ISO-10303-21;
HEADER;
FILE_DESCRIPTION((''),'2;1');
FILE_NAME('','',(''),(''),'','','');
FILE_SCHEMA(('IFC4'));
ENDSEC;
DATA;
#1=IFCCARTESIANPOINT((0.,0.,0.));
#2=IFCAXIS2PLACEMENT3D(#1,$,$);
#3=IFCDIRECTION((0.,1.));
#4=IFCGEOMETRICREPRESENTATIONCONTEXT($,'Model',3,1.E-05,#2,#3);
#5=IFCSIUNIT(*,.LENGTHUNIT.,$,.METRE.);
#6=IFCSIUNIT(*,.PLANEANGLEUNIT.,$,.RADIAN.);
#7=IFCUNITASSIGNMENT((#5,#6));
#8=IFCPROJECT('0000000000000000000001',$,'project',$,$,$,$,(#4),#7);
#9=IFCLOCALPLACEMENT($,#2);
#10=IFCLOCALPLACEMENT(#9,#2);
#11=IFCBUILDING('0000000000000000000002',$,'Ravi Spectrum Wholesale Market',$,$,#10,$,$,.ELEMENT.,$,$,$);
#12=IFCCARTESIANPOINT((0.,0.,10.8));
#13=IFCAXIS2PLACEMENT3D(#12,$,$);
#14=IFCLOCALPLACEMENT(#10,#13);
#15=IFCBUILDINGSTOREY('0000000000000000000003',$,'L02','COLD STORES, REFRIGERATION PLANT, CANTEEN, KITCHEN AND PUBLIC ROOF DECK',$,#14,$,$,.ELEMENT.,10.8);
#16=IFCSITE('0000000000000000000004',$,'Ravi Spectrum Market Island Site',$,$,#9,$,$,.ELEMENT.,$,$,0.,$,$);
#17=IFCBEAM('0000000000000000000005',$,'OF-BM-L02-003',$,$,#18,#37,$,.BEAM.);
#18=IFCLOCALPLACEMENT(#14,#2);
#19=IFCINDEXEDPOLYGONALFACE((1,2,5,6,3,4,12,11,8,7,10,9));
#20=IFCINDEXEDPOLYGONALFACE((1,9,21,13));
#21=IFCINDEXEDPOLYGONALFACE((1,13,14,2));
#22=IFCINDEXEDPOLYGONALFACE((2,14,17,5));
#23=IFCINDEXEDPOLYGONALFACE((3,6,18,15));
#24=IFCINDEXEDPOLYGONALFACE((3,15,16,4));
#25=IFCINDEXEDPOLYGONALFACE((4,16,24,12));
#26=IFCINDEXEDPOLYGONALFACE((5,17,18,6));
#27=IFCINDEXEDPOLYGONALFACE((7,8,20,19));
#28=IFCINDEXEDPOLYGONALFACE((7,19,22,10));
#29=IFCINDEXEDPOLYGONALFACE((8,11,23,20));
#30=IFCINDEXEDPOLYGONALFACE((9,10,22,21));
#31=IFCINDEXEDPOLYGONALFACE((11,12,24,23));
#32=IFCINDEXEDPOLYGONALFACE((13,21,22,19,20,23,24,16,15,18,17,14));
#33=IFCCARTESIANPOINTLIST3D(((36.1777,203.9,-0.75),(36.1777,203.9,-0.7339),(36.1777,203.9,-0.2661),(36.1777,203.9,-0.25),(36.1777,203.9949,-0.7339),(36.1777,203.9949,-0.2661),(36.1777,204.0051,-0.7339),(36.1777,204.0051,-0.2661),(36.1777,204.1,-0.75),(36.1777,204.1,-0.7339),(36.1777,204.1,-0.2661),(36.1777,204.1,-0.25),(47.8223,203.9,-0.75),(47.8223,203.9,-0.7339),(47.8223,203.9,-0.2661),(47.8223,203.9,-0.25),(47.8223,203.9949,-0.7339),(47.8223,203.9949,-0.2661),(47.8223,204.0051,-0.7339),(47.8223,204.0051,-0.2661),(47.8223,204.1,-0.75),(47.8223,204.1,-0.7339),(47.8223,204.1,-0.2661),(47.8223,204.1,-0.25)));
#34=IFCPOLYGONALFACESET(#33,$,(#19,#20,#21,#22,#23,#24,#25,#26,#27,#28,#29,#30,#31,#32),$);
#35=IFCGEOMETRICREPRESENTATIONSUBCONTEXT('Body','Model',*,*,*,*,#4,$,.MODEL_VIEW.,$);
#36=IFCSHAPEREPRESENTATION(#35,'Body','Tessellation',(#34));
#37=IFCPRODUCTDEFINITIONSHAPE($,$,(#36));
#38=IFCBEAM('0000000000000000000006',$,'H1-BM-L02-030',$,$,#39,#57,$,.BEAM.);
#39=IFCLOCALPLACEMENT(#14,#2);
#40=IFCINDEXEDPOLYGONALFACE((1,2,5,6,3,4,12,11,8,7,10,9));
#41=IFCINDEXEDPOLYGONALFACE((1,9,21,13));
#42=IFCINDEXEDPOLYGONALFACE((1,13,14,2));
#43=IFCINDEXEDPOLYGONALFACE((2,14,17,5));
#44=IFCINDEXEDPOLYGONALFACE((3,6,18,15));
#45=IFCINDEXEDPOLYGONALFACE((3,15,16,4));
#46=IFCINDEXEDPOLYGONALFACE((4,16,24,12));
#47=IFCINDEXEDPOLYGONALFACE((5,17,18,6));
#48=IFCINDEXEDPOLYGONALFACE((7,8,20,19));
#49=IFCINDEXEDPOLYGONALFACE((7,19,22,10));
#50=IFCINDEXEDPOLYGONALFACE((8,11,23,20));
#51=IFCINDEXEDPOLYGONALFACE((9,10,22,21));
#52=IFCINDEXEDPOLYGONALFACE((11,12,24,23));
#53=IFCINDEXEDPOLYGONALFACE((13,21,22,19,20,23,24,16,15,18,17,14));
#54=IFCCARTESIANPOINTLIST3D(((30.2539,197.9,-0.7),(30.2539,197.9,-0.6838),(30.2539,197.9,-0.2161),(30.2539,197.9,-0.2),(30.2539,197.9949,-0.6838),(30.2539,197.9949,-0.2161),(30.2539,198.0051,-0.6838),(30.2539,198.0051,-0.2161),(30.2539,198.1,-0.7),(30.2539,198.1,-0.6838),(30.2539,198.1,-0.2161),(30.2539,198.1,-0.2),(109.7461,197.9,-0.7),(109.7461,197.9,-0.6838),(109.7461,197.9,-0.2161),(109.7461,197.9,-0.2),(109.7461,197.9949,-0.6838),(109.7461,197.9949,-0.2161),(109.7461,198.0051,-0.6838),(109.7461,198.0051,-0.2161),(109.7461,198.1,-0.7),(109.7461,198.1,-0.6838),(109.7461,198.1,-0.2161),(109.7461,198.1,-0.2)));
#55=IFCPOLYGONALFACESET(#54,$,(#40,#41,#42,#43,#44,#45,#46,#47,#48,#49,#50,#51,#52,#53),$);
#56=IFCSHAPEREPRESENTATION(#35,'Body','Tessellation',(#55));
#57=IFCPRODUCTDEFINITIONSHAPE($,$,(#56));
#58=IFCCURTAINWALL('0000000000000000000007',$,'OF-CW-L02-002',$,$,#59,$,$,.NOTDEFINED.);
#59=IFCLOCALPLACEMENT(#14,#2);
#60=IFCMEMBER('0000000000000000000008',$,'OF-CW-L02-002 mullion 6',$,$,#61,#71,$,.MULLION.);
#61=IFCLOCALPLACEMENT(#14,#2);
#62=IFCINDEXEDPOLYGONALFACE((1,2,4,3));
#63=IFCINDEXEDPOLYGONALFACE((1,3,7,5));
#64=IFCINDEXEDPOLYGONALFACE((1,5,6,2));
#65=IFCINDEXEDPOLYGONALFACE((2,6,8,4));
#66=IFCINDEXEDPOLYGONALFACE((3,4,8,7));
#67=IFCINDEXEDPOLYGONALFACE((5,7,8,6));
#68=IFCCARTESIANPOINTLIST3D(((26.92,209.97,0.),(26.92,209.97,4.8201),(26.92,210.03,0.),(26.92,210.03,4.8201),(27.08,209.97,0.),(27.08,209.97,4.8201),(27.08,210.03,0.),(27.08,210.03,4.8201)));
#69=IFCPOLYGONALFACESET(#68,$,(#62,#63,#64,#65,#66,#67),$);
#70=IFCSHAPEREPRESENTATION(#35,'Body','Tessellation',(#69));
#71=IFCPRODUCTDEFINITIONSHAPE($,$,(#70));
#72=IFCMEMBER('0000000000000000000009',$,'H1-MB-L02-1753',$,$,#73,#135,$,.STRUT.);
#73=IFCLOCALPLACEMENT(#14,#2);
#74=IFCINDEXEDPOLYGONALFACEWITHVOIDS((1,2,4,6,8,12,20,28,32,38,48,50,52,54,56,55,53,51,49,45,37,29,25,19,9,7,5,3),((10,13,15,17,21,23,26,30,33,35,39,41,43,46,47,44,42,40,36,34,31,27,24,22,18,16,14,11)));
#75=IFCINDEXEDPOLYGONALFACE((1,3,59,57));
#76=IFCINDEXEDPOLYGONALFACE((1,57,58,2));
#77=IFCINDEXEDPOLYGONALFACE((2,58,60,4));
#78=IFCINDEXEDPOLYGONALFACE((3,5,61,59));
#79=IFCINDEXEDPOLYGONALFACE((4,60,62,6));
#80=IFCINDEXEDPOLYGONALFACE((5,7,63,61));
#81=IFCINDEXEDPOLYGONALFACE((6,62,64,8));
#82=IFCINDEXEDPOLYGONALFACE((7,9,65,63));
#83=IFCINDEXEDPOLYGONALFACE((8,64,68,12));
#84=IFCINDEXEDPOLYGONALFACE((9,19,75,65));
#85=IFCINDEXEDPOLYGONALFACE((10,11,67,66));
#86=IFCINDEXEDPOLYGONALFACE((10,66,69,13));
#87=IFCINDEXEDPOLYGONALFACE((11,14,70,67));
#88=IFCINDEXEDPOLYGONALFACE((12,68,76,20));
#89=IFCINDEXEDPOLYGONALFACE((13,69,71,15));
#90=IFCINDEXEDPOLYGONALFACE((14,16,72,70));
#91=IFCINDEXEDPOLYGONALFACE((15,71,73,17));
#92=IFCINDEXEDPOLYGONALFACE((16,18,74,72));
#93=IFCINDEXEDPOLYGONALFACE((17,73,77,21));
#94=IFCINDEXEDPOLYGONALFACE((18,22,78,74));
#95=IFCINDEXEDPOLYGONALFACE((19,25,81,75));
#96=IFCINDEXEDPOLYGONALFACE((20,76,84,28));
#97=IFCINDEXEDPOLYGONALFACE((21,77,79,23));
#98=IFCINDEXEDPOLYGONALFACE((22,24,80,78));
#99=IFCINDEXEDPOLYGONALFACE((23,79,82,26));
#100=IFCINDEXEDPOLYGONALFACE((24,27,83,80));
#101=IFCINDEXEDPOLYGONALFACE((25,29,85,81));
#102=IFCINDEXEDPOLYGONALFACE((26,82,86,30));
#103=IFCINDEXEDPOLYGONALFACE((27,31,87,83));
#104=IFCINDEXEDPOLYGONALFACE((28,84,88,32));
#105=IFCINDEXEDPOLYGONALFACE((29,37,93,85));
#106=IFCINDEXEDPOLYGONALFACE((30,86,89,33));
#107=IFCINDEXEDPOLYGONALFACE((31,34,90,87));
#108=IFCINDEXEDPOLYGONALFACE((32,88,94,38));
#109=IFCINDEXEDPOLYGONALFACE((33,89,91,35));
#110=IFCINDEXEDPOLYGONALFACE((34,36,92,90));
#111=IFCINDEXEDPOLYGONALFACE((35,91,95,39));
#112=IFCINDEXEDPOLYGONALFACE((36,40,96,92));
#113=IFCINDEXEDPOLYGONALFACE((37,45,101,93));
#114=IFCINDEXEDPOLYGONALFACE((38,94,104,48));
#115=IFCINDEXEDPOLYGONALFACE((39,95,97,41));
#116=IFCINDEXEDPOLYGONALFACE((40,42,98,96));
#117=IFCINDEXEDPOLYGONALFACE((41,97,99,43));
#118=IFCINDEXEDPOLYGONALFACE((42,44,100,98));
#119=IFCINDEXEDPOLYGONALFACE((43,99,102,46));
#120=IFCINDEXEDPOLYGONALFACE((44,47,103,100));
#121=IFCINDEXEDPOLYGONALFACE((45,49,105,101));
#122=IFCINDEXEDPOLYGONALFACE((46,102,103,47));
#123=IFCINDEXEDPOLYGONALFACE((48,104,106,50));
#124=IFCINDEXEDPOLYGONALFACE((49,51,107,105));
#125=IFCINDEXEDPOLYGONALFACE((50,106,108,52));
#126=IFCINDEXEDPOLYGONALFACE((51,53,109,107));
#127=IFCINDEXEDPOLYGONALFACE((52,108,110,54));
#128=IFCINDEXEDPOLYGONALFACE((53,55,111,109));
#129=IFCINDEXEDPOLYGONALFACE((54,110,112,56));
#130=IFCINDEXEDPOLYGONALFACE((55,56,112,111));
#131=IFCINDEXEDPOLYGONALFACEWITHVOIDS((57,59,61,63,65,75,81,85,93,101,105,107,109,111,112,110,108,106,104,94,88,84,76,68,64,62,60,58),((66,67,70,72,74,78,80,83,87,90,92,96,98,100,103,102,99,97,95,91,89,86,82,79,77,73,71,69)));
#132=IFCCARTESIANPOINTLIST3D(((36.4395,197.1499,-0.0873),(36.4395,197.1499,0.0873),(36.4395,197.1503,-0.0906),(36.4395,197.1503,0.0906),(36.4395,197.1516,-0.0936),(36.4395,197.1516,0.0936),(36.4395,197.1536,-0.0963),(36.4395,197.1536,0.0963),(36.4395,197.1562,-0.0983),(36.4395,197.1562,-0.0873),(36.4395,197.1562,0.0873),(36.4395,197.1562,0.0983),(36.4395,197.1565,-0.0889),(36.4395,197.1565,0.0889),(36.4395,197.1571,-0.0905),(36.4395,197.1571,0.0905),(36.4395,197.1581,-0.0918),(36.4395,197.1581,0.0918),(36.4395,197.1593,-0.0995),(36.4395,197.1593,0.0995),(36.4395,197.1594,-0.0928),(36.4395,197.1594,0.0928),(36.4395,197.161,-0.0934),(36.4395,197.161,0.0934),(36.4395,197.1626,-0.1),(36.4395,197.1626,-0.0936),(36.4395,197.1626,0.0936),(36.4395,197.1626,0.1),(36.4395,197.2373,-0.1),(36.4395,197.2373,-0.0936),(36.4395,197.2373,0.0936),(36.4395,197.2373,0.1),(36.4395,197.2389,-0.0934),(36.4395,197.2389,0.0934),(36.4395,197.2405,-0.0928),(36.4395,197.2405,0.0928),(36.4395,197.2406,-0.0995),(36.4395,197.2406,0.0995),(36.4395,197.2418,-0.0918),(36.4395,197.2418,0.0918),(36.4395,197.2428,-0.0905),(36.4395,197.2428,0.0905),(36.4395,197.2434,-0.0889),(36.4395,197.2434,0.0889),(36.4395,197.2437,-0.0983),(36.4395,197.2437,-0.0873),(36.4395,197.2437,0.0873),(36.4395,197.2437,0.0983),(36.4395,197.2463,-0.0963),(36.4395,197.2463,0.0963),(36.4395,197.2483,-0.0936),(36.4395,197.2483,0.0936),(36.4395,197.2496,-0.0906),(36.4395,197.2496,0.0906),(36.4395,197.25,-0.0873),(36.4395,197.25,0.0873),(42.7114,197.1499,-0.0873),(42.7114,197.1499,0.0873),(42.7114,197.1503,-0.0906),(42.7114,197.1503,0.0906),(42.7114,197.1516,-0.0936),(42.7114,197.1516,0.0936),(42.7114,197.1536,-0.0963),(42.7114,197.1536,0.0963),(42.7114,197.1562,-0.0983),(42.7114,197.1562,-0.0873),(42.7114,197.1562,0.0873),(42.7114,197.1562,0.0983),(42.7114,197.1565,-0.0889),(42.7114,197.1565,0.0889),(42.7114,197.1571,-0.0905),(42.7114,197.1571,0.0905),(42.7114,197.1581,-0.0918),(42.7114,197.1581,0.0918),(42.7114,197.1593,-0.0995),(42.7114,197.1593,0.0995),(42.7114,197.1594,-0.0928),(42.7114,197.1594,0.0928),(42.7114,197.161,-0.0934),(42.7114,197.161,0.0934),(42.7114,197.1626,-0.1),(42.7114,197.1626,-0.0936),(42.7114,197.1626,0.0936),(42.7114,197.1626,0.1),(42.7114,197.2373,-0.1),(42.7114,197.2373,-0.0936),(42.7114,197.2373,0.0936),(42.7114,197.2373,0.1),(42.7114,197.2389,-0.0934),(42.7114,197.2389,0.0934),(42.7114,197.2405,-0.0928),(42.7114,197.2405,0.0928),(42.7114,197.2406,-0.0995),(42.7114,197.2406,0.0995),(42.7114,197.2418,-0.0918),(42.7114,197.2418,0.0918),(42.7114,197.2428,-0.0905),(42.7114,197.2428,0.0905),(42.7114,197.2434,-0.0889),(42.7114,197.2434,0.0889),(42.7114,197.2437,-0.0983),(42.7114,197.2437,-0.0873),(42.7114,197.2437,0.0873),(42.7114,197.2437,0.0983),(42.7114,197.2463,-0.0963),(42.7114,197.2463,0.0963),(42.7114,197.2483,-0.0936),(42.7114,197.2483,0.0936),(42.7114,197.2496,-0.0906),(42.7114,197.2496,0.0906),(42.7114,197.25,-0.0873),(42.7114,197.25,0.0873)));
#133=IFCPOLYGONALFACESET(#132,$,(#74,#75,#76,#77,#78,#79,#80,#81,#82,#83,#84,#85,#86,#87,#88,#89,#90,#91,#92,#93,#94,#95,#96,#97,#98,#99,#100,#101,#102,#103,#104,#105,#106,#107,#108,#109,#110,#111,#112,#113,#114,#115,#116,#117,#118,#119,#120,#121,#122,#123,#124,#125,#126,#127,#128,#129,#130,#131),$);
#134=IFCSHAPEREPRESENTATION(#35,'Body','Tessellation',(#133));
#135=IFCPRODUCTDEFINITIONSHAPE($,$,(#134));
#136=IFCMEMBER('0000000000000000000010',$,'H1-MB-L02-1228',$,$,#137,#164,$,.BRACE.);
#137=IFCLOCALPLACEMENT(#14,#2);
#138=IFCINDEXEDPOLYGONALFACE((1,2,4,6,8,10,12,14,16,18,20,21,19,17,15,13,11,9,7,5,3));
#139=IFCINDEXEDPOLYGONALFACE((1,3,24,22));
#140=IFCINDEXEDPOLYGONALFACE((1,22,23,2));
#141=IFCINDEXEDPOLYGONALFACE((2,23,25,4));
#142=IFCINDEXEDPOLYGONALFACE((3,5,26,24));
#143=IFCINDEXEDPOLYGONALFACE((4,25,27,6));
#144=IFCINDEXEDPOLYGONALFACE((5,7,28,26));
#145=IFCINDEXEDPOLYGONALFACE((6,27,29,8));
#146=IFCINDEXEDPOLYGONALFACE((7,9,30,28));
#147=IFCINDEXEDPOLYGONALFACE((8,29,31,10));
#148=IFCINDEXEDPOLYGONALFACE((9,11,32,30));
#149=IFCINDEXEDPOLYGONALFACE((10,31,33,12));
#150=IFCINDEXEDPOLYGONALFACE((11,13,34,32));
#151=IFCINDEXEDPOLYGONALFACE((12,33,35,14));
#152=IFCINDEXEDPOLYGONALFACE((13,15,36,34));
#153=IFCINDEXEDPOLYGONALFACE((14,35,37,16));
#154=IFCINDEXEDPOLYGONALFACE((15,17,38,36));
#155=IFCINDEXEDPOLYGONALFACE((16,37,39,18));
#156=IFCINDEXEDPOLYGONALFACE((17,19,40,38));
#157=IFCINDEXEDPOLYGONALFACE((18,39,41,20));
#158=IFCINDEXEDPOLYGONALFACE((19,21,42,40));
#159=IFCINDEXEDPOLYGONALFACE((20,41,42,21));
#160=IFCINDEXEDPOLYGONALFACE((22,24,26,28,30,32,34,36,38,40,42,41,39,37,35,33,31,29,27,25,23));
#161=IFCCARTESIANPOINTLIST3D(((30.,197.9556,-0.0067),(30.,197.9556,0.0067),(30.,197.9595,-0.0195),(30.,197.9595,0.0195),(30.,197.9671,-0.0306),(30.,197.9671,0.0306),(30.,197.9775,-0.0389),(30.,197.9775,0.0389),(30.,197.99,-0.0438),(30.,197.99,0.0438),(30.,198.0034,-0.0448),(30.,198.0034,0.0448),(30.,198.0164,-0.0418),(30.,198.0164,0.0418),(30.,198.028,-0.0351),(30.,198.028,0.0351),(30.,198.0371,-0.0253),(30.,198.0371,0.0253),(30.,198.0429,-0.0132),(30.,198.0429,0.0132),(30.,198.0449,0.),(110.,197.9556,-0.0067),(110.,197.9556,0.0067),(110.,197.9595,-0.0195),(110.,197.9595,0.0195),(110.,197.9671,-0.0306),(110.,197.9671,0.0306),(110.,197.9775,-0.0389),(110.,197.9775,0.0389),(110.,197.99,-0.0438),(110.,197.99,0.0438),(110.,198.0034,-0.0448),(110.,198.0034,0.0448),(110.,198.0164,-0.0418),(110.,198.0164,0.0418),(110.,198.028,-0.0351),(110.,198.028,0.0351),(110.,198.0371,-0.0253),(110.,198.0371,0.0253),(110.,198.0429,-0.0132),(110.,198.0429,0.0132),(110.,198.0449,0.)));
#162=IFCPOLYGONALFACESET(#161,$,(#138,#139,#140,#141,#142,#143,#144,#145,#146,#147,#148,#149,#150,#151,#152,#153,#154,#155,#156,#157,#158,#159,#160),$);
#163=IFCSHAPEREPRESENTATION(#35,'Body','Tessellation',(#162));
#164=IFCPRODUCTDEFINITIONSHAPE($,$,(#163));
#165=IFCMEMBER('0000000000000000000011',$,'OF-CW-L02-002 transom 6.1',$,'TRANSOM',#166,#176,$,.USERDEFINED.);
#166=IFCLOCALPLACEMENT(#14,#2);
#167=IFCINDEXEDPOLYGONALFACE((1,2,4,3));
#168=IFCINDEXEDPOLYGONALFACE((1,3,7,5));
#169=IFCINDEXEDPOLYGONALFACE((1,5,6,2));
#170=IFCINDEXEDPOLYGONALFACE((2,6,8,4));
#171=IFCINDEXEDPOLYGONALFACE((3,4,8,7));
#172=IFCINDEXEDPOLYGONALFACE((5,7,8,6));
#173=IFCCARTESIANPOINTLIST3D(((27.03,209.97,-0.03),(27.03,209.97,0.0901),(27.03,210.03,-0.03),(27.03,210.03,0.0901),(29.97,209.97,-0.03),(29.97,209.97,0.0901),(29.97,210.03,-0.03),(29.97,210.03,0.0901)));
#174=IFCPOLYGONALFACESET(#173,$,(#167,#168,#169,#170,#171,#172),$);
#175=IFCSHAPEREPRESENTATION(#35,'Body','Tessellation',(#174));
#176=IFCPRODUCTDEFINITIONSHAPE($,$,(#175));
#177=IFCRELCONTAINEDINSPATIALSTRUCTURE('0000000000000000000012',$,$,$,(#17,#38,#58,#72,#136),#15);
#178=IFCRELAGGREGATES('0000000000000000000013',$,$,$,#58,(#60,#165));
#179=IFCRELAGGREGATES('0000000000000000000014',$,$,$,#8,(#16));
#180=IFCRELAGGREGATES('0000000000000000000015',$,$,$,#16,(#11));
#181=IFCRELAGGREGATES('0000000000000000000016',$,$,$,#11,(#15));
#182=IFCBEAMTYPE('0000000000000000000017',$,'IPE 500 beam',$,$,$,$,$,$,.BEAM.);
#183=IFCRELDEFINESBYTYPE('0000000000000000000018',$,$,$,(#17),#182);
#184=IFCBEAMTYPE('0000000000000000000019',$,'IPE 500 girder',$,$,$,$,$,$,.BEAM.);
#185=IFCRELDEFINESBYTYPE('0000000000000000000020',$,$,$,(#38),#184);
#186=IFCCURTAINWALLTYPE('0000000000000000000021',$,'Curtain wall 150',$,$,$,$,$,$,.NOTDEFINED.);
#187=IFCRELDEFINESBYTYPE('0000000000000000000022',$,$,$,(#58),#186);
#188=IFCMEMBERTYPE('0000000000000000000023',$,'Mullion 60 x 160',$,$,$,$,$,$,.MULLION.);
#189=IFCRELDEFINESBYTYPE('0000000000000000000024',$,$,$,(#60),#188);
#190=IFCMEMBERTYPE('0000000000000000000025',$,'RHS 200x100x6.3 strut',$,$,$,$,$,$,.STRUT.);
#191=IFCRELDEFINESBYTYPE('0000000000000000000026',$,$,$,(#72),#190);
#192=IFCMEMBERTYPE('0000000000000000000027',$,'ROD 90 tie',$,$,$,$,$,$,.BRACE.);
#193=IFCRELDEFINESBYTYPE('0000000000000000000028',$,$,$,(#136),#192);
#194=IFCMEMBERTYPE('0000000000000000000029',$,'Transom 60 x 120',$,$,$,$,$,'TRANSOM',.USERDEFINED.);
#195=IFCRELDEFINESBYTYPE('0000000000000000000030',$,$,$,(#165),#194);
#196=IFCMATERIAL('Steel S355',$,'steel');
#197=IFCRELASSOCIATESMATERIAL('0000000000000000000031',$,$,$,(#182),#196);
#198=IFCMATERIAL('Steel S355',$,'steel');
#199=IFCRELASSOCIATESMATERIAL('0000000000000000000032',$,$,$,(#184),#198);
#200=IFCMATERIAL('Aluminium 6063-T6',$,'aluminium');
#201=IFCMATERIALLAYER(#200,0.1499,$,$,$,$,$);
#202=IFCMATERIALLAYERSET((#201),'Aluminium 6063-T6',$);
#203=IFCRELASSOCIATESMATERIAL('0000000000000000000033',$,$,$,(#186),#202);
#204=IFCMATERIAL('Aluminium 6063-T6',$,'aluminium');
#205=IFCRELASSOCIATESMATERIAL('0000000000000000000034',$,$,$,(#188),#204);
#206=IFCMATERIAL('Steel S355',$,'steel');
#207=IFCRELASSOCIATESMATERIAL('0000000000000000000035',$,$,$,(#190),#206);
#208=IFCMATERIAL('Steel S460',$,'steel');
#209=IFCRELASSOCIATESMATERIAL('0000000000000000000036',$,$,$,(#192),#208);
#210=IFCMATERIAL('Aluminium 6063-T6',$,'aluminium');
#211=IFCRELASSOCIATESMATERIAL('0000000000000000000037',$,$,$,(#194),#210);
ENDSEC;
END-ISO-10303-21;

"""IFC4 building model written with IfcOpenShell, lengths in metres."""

from ifc_helpers import new_model, si_unit, direction, frame, origin, origin_2d, place, context, subcontext, project, spatial, rectangle, hollow_rectangle, circle, i_section, extrude, material, layer, layer_set, material_profile, profile_set, type_object, element, aggregate, save


model = new_model("IFC4")

# Units and contexts
model_context = context("Model", 3, precision=1e-05, world=origin(), true_north=direction((0.0, 1.0)))
body_context = subcontext(model_context, "Body", "Model", "MODEL_VIEW")
ifc_project = project(units=[si_unit("LENGTHUNIT", "METRE"), si_unit("PLANEANGLEUNIT", "RADIAN")], contexts=[model_context])

# Site, building, storey
site_placement = place(None, origin())
site = spatial("IfcSite", under=ifc_project, at=site_placement, Name="Ravi Spectrum Market Island Site", CompositionType="ELEMENT", RefElevation=0.0)
building_placement = place(site_placement, origin())
building = spatial("IfcBuilding", under=site, at=building_placement, Name="Ravi Spectrum Wholesale Market", CompositionType="ELEMENT")
storey_placement = place(building_placement, frame((0.0, 0.0, 10.8)))
storey = spatial("IfcBuildingStorey", under=building, at=storey_placement, Name="L02", Description="COLD STORES, REFRIGERATION PLANT, CANTEEN, KITCHEN AND PUBLIC ROOF DECK", CompositionType="ELEMENT", Elevation=10.8)

# Beams
ifc_material_1 = material(Name="Steel S355", Category="steel")
ifc_material_profile_1 = material_profile(ifc_material_1, i_section(OverallWidth=0.2, OverallDepth=0.5, WebThickness=0.0103, FlangeThickness=0.0161, at=origin_2d()))
ifc_profile_set_1 = profile_set([ifc_material_profile_1], Name="Steel S355")
beam_type_1 = type_object("IfcBeamType", Name="IPE 500 beam", PredefinedType="BEAM", material=ifc_profile_set_1)
beam_1_placement = place(storey_placement, frame((36.1777, 204.0, -0.5), z_axis=(1.0, 0.0, 0.0), x_axis=(0.0, 1.0, 0.0)))
element("IfcBeam", 1, at=beam_1_placement, inside=storey, type_object=beam_type_1, Name="OF-BM-L02-003", PredefinedType="BEAM", context=body_context, shape_type="SweptSolid", body=[
    extrude(i_section(OverallWidth=0.2, OverallDepth=0.5, WebThickness=0.0103, FlangeThickness=0.0161, at=origin_2d()), origin(), (0.0, 0.0, 1.0), 11.6445),
])
ifc_material_2 = material(Name="Steel S355", Category="steel")
ifc_material_profile_2 = material_profile(ifc_material_2, i_section(OverallWidth=0.2, OverallDepth=0.5, WebThickness=0.0103, FlangeThickness=0.0161, at=origin_2d()))
ifc_profile_set_2 = profile_set([ifc_material_profile_2], Name="Steel S355")
beam_type_2 = type_object("IfcBeamType", Name="IPE 500 girder", PredefinedType="BEAM", material=ifc_profile_set_2)
beam_2_placement = place(storey_placement, frame((30.2539, 198.0, -0.45), z_axis=(1.0, 0.0, 0.0), x_axis=(0.0, 1.0, 0.0)))
element("IfcBeam", 2, at=beam_2_placement, inside=storey, type_object=beam_type_2, Name="H1-BM-L02-030", PredefinedType="BEAM", context=body_context, shape_type="SweptSolid", body=[
    extrude(i_section(OverallWidth=0.2, OverallDepth=0.5, WebThickness=0.0103, FlangeThickness=0.0161, at=origin_2d()), origin(), (0.0, 0.0, 1.0), 79.4922),
])

# Curtain wall, member
ifc_material_3 = material(Name="Aluminium 6063-T6", Category="aluminium")
ifc_layer = layer(ifc_material_3, 0.1499)
ifc_layer_set = layer_set([ifc_layer], Name="Aluminium 6063-T6")
curtain_wall_type = type_object("IfcCurtainWallType", Name="Curtain wall 150", PredefinedType="NOTDEFINED", material=ifc_layer_set)
curtain_wall_placement = place(storey_placement, origin())
curtain_wall = element("IfcCurtainWall", 3, at=curtain_wall_placement, inside=storey, type_object=curtain_wall_type, Name="OF-CW-L02-002", PredefinedType="NOTDEFINED")
ifc_material_4 = material(Name="Aluminium 6063-T6", Category="aluminium")
ifc_material_profile_3 = material_profile(ifc_material_4, rectangle(XDim=0.0601, YDim=0.1599, at=origin_2d()))
ifc_profile_set_3 = profile_set([ifc_material_profile_3], Name="Aluminium 6063-T6")
member_type_1 = type_object("IfcMemberType", Name="Mullion 60 x 160", PredefinedType="MULLION", material=ifc_profile_set_3)
member_1_placement = place(storey_placement, frame((27.0, 210.0, 0.0), z_axis=(0.0, 0.0, 1.0), x_axis=(0.0, 1.0, 0.0)))
member_1 = element("IfcMember", 4, at=member_1_placement, type_object=member_type_1, Name="OF-CW-L02-002 mullion 6", PredefinedType="MULLION", context=body_context, shape_type="SweptSolid", body=[
    extrude(rectangle(XDim=0.0601, YDim=0.1599, at=origin_2d()), origin(), (0.0, 0.0, 1.0), 4.8201),
])

# Members
ifc_material_5 = material(Name="Steel S355", Category="steel")
ifc_material_profile_4 = material_profile(ifc_material_5, hollow_rectangle(XDim=0.1001, YDim=0.2, WallThickness=0.0063, InnerFilletRadius=0.0063, OuterFilletRadius=0.0127, at=origin_2d()))
ifc_profile_set_4 = profile_set([ifc_material_profile_4], Name="Steel S355")
member_type_2 = type_object("IfcMemberType", Name="RHS 200x100x6.3 strut", PredefinedType="STRUT", material=ifc_profile_set_4)
member_2_placement = place(storey_placement, frame((36.4395, 197.2, 0.0), z_axis=(1.0, 0.0, 0.0), x_axis=(0.0, 1.0, 0.0)))
element("IfcMember", 5, at=member_2_placement, inside=storey, type_object=member_type_2, Name="H1-MB-L02-1753", PredefinedType="STRUT", context=body_context, shape_type="SweptSolid", body=[
    extrude(hollow_rectangle(XDim=0.1001, YDim=0.2, WallThickness=0.0063, InnerFilletRadius=0.0063, OuterFilletRadius=0.0127, at=origin_2d()), origin(), (0.0, 0.0, 1.0), 6.272),
])
ifc_material_6 = material(Name="Steel S460", Category="steel")
ifc_material_profile_5 = material_profile(ifc_material_6, circle(Radius=0.0449, at=origin_2d()))
ifc_profile_set_5 = profile_set([ifc_material_profile_5], Name="Steel S460")
member_type_3 = type_object("IfcMemberType", Name="ROD 90 tie", PredefinedType="BRACE", material=ifc_profile_set_5)
member_3_placement = place(storey_placement, frame((30.0, 198.0, 0.0), z_axis=(1.0, 0.0, 0.0), x_axis=(0.0, 1.0, 0.0)))
element("IfcMember", 6, at=member_3_placement, inside=storey, type_object=member_type_3, Name="H1-MB-L02-1228", PredefinedType="BRACE", context=body_context, shape_type="SweptSolid", body=[
    extrude(circle(Radius=0.0449, at=origin_2d()), origin(), (0.0, 0.0, 1.0), 80.0),
])

# Member
ifc_material_7 = material(Name="Aluminium 6063-T6", Category="aluminium")
ifc_material_profile_6 = material_profile(ifc_material_7, rectangle(XDim=0.0601, YDim=0.1201, at=origin_2d()))
ifc_profile_set_6 = profile_set([ifc_material_profile_6], Name="Aluminium 6063-T6")
member_type_4 = type_object("IfcMemberType", Name="Transom 60 x 120", ElementType="TRANSOM", PredefinedType="USERDEFINED", material=ifc_profile_set_6)
member_4_placement = place(storey_placement, frame((27.03, 210.0, 0.03), z_axis=(1.0, 0.0, 0.0), x_axis=(0.0, 1.0, 0.0)))
member_4 = element("IfcMember", 7, at=member_4_placement, type_object=member_type_4, Name="OF-CW-L02-002 transom 6.1", ObjectType="TRANSOM", PredefinedType="USERDEFINED", context=body_context, shape_type="SweptSolid", body=[
    extrude(rectangle(XDim=0.0601, YDim=0.1201, at=origin_2d()), origin(), (0.0, 0.0, 1.0), 2.9399),
])
aggregate(curtain_wall, [member_1, member_4])

save(model, "model.ifc")
